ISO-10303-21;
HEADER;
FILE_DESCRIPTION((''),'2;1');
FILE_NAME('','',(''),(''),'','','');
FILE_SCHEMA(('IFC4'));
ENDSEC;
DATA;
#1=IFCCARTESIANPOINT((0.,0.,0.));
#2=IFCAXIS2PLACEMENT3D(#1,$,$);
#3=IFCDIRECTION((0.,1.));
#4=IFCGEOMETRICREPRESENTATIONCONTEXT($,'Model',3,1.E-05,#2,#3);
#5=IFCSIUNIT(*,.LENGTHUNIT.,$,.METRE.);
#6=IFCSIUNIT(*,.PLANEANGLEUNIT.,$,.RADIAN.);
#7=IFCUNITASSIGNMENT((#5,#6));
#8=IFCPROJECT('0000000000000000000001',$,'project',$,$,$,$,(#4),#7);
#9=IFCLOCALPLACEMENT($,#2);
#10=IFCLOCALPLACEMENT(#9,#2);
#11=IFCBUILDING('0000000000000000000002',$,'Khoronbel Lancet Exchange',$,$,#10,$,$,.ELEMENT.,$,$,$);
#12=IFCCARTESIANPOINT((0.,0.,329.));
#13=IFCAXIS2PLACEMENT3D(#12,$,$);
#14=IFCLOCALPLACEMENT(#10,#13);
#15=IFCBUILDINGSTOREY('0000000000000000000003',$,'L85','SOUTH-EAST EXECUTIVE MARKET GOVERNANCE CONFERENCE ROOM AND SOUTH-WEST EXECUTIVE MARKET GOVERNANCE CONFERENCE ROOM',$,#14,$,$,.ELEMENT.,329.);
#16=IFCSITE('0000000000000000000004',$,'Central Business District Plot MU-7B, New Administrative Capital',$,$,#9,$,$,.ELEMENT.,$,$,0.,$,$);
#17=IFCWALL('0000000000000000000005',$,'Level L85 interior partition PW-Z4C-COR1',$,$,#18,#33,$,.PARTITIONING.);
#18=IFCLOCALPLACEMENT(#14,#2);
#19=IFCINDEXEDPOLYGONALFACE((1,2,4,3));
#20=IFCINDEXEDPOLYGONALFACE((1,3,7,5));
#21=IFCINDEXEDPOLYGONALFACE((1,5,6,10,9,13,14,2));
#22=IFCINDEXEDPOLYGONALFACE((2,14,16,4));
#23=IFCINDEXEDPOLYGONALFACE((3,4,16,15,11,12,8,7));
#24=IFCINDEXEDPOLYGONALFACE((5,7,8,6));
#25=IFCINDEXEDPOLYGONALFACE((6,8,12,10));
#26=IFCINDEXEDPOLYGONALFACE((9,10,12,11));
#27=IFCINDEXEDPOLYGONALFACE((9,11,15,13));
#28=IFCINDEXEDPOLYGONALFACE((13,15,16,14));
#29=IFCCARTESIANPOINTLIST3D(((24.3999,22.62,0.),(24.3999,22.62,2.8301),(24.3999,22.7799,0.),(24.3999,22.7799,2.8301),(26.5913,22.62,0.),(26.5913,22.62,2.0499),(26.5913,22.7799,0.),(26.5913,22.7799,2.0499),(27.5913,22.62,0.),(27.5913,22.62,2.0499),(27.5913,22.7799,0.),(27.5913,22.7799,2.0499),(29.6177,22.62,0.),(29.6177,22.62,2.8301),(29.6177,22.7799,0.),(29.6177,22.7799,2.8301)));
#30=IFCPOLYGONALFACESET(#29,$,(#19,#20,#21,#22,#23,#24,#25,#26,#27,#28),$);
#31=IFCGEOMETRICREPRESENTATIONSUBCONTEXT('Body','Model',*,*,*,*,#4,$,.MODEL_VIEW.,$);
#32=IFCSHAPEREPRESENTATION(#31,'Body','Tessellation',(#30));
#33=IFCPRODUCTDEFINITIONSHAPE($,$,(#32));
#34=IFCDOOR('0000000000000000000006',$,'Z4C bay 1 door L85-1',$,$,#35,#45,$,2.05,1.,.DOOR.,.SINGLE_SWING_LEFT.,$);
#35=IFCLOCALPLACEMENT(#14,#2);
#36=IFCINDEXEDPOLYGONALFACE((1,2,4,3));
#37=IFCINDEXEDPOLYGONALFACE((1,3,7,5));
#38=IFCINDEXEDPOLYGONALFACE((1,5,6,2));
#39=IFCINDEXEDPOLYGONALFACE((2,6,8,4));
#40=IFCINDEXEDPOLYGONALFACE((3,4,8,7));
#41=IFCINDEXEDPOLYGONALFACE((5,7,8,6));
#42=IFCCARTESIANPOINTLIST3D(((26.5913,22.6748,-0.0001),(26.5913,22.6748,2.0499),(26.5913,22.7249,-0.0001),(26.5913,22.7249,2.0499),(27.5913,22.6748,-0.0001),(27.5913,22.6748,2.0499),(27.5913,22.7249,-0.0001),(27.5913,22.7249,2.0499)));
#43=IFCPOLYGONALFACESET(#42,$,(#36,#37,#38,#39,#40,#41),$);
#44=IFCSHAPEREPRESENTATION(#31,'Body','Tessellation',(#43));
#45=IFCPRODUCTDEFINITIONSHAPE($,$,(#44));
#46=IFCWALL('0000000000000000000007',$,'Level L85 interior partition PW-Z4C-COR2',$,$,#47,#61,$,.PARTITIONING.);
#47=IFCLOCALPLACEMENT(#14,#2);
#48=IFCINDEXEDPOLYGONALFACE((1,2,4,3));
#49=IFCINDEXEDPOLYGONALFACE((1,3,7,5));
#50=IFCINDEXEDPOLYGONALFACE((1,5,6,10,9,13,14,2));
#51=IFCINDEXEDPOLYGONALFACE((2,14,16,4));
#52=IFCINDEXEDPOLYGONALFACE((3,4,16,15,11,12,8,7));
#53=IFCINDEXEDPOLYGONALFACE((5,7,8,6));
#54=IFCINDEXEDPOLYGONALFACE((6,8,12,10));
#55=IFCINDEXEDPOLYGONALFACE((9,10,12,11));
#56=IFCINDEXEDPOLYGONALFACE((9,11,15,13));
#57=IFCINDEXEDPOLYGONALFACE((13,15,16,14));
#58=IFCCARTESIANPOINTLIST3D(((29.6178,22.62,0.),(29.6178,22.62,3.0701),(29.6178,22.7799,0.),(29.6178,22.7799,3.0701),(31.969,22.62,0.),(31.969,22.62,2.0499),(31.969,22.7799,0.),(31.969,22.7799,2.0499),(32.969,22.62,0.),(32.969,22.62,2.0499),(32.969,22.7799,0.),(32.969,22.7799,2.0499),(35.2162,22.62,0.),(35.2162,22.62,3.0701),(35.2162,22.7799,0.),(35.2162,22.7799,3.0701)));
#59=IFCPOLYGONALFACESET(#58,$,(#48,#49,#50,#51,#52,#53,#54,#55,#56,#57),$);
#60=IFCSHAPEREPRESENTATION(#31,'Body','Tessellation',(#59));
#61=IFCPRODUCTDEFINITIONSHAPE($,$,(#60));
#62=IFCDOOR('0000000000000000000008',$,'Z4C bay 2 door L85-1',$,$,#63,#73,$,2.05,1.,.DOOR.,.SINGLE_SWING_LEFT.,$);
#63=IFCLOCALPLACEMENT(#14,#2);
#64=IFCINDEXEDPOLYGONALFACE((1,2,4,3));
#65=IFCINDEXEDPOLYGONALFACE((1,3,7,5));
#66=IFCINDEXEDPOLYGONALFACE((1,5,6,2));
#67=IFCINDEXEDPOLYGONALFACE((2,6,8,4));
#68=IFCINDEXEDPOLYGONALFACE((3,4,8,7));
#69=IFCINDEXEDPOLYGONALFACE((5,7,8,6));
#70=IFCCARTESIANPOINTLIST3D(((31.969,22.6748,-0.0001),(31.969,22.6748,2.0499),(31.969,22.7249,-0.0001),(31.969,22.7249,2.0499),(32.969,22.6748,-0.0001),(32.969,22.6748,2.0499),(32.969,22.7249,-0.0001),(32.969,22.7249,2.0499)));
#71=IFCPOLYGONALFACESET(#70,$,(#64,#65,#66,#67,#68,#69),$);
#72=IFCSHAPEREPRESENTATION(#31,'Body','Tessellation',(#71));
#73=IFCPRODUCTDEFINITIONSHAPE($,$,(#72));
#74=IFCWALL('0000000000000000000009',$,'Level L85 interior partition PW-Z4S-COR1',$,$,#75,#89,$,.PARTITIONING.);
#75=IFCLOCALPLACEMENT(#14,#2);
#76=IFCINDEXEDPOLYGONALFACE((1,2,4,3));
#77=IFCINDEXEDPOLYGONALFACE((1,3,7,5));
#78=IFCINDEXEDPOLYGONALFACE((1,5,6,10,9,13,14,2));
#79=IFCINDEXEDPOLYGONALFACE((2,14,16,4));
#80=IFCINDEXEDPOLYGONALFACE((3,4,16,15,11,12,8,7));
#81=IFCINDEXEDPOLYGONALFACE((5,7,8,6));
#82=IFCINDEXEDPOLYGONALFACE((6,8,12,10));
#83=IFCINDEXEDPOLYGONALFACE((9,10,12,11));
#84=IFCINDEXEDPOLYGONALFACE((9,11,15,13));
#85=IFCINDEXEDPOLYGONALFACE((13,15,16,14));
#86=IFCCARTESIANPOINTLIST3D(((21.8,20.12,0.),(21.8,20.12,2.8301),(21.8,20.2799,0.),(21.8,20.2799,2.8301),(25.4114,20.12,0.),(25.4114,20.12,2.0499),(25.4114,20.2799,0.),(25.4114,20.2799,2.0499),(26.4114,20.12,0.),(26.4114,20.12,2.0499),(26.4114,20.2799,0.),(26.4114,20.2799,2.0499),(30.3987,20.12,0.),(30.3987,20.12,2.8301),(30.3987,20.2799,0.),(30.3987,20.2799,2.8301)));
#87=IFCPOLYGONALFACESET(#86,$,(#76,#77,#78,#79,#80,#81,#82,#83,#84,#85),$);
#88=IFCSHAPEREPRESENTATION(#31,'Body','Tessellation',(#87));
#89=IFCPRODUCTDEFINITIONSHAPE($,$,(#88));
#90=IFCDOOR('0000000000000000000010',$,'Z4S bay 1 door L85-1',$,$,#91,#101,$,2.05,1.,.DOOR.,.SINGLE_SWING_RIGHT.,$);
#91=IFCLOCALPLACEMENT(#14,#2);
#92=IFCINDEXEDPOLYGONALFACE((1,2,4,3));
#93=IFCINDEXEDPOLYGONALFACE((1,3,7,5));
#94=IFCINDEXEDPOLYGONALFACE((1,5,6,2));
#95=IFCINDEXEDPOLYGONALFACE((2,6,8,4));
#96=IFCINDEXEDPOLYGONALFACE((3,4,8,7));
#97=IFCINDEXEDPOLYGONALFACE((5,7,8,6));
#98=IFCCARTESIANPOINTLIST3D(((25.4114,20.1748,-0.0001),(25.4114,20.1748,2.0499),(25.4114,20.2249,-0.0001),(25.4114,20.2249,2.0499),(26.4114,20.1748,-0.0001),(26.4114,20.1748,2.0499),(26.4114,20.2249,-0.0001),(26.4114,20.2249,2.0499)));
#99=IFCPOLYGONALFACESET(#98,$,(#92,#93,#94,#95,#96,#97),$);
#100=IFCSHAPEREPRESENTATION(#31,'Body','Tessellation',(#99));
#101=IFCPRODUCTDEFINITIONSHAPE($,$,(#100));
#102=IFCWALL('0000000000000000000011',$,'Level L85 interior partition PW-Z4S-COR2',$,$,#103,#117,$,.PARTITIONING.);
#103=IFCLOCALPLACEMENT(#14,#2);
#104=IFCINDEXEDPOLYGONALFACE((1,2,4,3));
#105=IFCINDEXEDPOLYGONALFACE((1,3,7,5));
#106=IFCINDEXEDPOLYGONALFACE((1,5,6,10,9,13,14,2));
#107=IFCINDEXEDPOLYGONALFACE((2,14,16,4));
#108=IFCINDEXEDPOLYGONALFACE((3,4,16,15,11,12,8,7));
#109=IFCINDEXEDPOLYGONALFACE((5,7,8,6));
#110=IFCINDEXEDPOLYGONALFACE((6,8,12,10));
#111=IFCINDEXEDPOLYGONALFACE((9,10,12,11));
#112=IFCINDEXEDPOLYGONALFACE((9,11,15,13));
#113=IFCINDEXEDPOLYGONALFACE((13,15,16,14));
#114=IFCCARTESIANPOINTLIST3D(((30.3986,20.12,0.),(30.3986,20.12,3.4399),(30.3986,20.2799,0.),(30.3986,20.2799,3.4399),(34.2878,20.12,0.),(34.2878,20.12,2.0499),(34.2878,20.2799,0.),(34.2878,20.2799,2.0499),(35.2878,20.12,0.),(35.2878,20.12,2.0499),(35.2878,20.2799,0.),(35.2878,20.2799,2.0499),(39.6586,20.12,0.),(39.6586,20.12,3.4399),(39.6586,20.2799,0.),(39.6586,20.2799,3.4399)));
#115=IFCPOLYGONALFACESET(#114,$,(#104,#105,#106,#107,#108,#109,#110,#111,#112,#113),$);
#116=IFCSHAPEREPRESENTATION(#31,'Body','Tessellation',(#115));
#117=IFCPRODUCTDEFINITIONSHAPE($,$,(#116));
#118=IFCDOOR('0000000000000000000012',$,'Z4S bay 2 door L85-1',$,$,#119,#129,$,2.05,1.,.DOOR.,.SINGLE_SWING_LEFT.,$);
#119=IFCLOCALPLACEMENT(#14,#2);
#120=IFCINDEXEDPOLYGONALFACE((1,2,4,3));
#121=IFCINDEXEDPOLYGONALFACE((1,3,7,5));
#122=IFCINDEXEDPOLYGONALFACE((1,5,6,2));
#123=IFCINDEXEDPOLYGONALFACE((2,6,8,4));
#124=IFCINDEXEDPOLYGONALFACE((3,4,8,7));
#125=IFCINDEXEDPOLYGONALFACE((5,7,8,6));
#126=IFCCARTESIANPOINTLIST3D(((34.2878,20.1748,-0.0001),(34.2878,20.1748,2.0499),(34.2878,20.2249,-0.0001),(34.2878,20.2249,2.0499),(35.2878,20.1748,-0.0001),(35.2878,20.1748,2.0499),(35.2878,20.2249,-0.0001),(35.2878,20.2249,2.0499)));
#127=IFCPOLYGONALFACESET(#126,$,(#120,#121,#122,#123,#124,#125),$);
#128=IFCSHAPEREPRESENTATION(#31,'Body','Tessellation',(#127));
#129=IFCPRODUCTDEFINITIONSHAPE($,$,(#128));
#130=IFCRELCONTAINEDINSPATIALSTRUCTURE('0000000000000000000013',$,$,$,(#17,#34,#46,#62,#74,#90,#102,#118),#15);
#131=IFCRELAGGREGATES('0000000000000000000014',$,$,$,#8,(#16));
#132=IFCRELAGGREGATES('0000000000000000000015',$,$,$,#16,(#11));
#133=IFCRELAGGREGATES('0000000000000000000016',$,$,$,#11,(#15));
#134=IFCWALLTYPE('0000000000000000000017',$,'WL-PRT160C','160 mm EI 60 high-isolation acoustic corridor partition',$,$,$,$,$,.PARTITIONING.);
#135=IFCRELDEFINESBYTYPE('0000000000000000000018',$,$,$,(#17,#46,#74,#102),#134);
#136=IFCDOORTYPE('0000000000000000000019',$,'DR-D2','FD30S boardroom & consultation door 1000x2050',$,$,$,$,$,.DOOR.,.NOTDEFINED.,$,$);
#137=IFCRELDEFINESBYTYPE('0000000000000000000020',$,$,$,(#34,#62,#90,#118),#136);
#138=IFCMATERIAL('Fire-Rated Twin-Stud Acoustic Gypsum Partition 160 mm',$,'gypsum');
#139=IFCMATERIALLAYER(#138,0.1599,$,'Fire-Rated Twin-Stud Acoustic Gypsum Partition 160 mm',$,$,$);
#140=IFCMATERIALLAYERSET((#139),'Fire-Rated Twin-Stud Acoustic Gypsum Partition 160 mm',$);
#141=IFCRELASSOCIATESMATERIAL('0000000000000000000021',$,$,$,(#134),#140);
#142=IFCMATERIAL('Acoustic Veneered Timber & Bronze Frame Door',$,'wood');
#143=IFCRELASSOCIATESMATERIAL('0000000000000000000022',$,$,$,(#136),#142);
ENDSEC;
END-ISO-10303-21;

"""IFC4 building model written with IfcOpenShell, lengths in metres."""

from ifc_helpers import new_model, si_unit, direction, frame, frame_2d, origin, place, context, subcontext, project, spatial, rectangle, extrude, material, layer, layer_set, type_object, element, fill, save


model = new_model("IFC4")

# Units and contexts
model_context = context("Model", 3, precision=1e-05, world=origin(), true_north=direction((0.0, 1.0)))
body_context = subcontext(model_context, "Body", "Model", "MODEL_VIEW")
ifc_project = project(units=[si_unit("LENGTHUNIT", "METRE"), si_unit("PLANEANGLEUNIT", "RADIAN")], contexts=[model_context])

# Site, building, storey
site_placement = place(None, origin())
site = spatial("IfcSite", under=ifc_project, at=site_placement, Name="Central Business District Plot MU-7B, New Administrative Capital", CompositionType="ELEMENT", RefElevation=0.0)
building_placement = place(site_placement, origin())
building = spatial("IfcBuilding", under=site, at=building_placement, Name="Khoronbel Lancet Exchange", CompositionType="ELEMENT")
storey_placement = place(building_placement, frame((0.0, 0.0, 329.0)))
storey = spatial("IfcBuildingStorey", under=building, at=storey_placement, Name="L85", Description="SOUTH-EAST EXECUTIVE MARKET GOVERNANCE CONFERENCE ROOM AND SOUTH-WEST EXECUTIVE MARKET GOVERNANCE CONFERENCE ROOM", CompositionType="ELEMENT", Elevation=329.0)

# Walls, openings, doors
ifc_material_1 = material(Name="Fire-Rated Twin-Stud Acoustic Gypsum Partition 160 mm", Category="gypsum")
ifc_layer_1 = layer(ifc_material_1, 0.1599, Name="Fire-Rated Twin-Stud Acoustic Gypsum Partition 160 mm")
ifc_layer_set_1 = layer_set([ifc_layer_1], Name="Fire-Rated Twin-Stud Acoustic Gypsum Partition 160 mm")
wall_type_1 = type_object("IfcWallType", Name="WL-PRT160C", Description="160 mm EI 60 high-isolation acoustic corridor partition", PredefinedType="PARTITIONING", material=ifc_layer_set_1)
wall_1_placement = place(storey_placement, frame((24.3999, 22.7, 0.0), z_axis=(0.0, 0.0, 1.0), x_axis=(1.0, 0.0, 0.0)))
wall_1 = element("IfcWall", 1, at=wall_1_placement, inside=storey, type_object=wall_type_1, Name="Level L85 interior partition PW-Z4C-COR1", PredefinedType="PARTITIONING", context=body_context, shape_type="SweptSolid", body=[
    extrude(rectangle(XDim=5.2178, YDim=0.1599, at=frame_2d((2.6089, 0.0))), origin(), (0.0, 0.0, 1.0), 2.8301),
])
opening_1_placement = place(wall_1_placement, frame((2.1914, 0.0, 0.0)))
opening_1 = element("IfcOpeningElement", 2, at=opening_1_placement, cuts=wall_1, PredefinedType="OPENING", context=body_context, shape_type="SweptSolid", body=[
    extrude(rectangle(XDim=1.0, YDim=2.05, at=frame_2d((0.5, 1.0249))), frame((0.0, 0.0898, 0.0), z_axis=(0.0, -1.0, 0.0), x_axis=(1.0, 0.0, 0.0)), (0.0, 0.0, 1.0), 0.1799),
])
ifc_material_2 = material(Name="Acoustic Veneered Timber & Bronze Frame Door", Category="wood")
door_type = type_object("IfcDoorType", Name="DR-D2", Description="FD30S boardroom & consultation door 1000x2050", OperationType="NOTDEFINED", PredefinedType="DOOR", material=ifc_material_2)
door_1_placement = place(opening_1_placement, origin())
door_1 = element("IfcDoor", 3, at=door_1_placement, inside=storey, type_object=door_type, Name="Z4C bay 1 door L85-1", OperationType="SINGLE_SWING_LEFT", OverallHeight=2.05, OverallWidth=1.0, PredefinedType="DOOR", context=body_context, shape_type="SweptSolid", body=[
    extrude(rectangle(XDim=1.0, YDim=2.05, at=frame_2d((0.5, 1.0249))), frame((0.0, 0.0249, 0.0), z_axis=(0.0, -1.0, 0.0), x_axis=(1.0, 0.0, 0.0)), (0.0, 0.0, 1.0), 0.05),
])
fill(opening_1, door_1)
wall_2_placement = place(storey_placement, frame((29.6177, 22.7, 0.0), z_axis=(0.0, 0.0, 1.0), x_axis=(1.0, 0.0, 0.0)))
wall_2 = element("IfcWall", 4, at=wall_2_placement, inside=storey, type_object=wall_type_1, Name="Level L85 interior partition PW-Z4C-COR2", PredefinedType="PARTITIONING", context=body_context, shape_type="SweptSolid", body=[
    extrude(rectangle(XDim=5.5984, YDim=0.1599, at=frame_2d((2.7993, 0.0))), origin(), (0.0, 0.0, 1.0), 3.0701),
])
opening_2_placement = place(wall_2_placement, frame((2.3513, 0.0, 0.0)))
opening_2 = element("IfcOpeningElement", 5, at=opening_2_placement, cuts=wall_2, PredefinedType="OPENING", context=body_context, shape_type="SweptSolid", body=[
    extrude(rectangle(XDim=1.0, YDim=2.05, at=frame_2d((0.5, 1.0249))), frame((0.0, 0.0898, 0.0), z_axis=(0.0, -1.0, 0.0), x_axis=(1.0, 0.0, 0.0)), (0.0, 0.0, 1.0), 0.1799),
])
door_2_placement = place(opening_2_placement, origin())
door_2 = element("IfcDoor", 6, at=door_2_placement, inside=storey, type_object=door_type, Name="Z4C bay 2 door L85-1", OperationType="SINGLE_SWING_LEFT", OverallHeight=2.05, OverallWidth=1.0, PredefinedType="DOOR", context=body_context, shape_type="SweptSolid", body=[
    extrude(rectangle(XDim=1.0, YDim=2.05, at=frame_2d((0.5, 1.0249))), frame((0.0, 0.0249, 0.0), z_axis=(0.0, -1.0, 0.0), x_axis=(1.0, 0.0, 0.0)), (0.0, 0.0, 1.0), 0.05),
])
fill(opening_2, door_2)
wall_3_placement = place(storey_placement, frame((21.8, 20.2, 0.0), z_axis=(0.0, 0.0, 1.0), x_axis=(1.0, 0.0, 0.0)))
wall_3 = element("IfcWall", 7, at=wall_3_placement, inside=storey, type_object=wall_type_1, Name="Level L85 interior partition PW-Z4S-COR1", PredefinedType="PARTITIONING", context=body_context, shape_type="SweptSolid", body=[
    extrude(rectangle(XDim=8.5986, YDim=0.1599, at=frame_2d((4.2993, 0.0))), origin(), (0.0, 0.0, 1.0), 2.8301),
])
opening_3_placement = place(wall_3_placement, frame((3.6113, 0.0, 0.0)))
opening_3 = element("IfcOpeningElement", 8, at=opening_3_placement, cuts=wall_3, PredefinedType="OPENING", context=body_context, shape_type="SweptSolid", body=[
    extrude(rectangle(XDim=1.0, YDim=2.05, at=frame_2d((0.5, 1.0249))), frame((0.0, 0.0898, 0.0), z_axis=(0.0, -1.0, 0.0), x_axis=(1.0, 0.0, 0.0)), (0.0, 0.0, 1.0), 0.1799),
])
door_3_placement = place(opening_3_placement, origin())
door_3 = element("IfcDoor", 9, at=door_3_placement, inside=storey, type_object=door_type, Name="Z4S bay 1 door L85-1", OperationType="SINGLE_SWING_RIGHT", OverallHeight=2.05, OverallWidth=1.0, PredefinedType="DOOR", context=body_context, shape_type="SweptSolid", body=[
    extrude(rectangle(XDim=1.0, YDim=2.05, at=frame_2d((0.5, 1.0249))), frame((0.0, 0.0249, 0.0), z_axis=(0.0, -1.0, 0.0), x_axis=(1.0, 0.0, 0.0)), (0.0, 0.0, 1.0), 0.05),
])
fill(opening_3, door_3)
wall_4_placement = place(storey_placement, frame((30.3987, 20.2, 0.0), z_axis=(0.0, 0.0, 1.0), x_axis=(1.0, 0.0, 0.0)))
wall_4 = element("IfcWall", 10, at=wall_4_placement, inside=storey, type_object=wall_type_1, Name="Level L85 interior partition PW-Z4S-COR2", PredefinedType="PARTITIONING", context=body_context, shape_type="SweptSolid", body=[
    extrude(rectangle(XDim=9.26, YDim=0.1599, at=frame_2d((4.6299, 0.0))), origin(), (0.0, 0.0, 1.0), 3.4399),
])
opening_4_placement = place(wall_4_placement, frame((3.8892, 0.0, 0.0)))
opening_4 = element("IfcOpeningElement", 11, at=opening_4_placement, cuts=wall_4, PredefinedType="OPENING", context=body_context, shape_type="SweptSolid", body=[
    extrude(rectangle(XDim=1.0, YDim=2.05, at=frame_2d((0.5, 1.0249))), frame((0.0, 0.0898, 0.0), z_axis=(0.0, -1.0, 0.0), x_axis=(1.0, 0.0, 0.0)), (0.0, 0.0, 1.0), 0.1799),
])
door_4_placement = place(opening_4_placement, origin())
door_4 = element("IfcDoor", 12, at=door_4_placement, inside=storey, type_object=door_type, Name="Z4S bay 2 door L85-1", OperationType="SINGLE_SWING_LEFT", OverallHeight=2.05, OverallWidth=1.0, PredefinedType="DOOR", context=body_context, shape_type="SweptSolid", body=[
    extrude(rectangle(XDim=1.0, YDim=2.05, at=frame_2d((0.5, 1.0249))), frame((0.0, 0.0249, 0.0), z_axis=(0.0, -1.0, 0.0), x_axis=(1.0, 0.0, 0.0)), (0.0, 0.0, 1.0), 0.05),
])
fill(opening_4, door_4)

save(model, "model.ifc")
